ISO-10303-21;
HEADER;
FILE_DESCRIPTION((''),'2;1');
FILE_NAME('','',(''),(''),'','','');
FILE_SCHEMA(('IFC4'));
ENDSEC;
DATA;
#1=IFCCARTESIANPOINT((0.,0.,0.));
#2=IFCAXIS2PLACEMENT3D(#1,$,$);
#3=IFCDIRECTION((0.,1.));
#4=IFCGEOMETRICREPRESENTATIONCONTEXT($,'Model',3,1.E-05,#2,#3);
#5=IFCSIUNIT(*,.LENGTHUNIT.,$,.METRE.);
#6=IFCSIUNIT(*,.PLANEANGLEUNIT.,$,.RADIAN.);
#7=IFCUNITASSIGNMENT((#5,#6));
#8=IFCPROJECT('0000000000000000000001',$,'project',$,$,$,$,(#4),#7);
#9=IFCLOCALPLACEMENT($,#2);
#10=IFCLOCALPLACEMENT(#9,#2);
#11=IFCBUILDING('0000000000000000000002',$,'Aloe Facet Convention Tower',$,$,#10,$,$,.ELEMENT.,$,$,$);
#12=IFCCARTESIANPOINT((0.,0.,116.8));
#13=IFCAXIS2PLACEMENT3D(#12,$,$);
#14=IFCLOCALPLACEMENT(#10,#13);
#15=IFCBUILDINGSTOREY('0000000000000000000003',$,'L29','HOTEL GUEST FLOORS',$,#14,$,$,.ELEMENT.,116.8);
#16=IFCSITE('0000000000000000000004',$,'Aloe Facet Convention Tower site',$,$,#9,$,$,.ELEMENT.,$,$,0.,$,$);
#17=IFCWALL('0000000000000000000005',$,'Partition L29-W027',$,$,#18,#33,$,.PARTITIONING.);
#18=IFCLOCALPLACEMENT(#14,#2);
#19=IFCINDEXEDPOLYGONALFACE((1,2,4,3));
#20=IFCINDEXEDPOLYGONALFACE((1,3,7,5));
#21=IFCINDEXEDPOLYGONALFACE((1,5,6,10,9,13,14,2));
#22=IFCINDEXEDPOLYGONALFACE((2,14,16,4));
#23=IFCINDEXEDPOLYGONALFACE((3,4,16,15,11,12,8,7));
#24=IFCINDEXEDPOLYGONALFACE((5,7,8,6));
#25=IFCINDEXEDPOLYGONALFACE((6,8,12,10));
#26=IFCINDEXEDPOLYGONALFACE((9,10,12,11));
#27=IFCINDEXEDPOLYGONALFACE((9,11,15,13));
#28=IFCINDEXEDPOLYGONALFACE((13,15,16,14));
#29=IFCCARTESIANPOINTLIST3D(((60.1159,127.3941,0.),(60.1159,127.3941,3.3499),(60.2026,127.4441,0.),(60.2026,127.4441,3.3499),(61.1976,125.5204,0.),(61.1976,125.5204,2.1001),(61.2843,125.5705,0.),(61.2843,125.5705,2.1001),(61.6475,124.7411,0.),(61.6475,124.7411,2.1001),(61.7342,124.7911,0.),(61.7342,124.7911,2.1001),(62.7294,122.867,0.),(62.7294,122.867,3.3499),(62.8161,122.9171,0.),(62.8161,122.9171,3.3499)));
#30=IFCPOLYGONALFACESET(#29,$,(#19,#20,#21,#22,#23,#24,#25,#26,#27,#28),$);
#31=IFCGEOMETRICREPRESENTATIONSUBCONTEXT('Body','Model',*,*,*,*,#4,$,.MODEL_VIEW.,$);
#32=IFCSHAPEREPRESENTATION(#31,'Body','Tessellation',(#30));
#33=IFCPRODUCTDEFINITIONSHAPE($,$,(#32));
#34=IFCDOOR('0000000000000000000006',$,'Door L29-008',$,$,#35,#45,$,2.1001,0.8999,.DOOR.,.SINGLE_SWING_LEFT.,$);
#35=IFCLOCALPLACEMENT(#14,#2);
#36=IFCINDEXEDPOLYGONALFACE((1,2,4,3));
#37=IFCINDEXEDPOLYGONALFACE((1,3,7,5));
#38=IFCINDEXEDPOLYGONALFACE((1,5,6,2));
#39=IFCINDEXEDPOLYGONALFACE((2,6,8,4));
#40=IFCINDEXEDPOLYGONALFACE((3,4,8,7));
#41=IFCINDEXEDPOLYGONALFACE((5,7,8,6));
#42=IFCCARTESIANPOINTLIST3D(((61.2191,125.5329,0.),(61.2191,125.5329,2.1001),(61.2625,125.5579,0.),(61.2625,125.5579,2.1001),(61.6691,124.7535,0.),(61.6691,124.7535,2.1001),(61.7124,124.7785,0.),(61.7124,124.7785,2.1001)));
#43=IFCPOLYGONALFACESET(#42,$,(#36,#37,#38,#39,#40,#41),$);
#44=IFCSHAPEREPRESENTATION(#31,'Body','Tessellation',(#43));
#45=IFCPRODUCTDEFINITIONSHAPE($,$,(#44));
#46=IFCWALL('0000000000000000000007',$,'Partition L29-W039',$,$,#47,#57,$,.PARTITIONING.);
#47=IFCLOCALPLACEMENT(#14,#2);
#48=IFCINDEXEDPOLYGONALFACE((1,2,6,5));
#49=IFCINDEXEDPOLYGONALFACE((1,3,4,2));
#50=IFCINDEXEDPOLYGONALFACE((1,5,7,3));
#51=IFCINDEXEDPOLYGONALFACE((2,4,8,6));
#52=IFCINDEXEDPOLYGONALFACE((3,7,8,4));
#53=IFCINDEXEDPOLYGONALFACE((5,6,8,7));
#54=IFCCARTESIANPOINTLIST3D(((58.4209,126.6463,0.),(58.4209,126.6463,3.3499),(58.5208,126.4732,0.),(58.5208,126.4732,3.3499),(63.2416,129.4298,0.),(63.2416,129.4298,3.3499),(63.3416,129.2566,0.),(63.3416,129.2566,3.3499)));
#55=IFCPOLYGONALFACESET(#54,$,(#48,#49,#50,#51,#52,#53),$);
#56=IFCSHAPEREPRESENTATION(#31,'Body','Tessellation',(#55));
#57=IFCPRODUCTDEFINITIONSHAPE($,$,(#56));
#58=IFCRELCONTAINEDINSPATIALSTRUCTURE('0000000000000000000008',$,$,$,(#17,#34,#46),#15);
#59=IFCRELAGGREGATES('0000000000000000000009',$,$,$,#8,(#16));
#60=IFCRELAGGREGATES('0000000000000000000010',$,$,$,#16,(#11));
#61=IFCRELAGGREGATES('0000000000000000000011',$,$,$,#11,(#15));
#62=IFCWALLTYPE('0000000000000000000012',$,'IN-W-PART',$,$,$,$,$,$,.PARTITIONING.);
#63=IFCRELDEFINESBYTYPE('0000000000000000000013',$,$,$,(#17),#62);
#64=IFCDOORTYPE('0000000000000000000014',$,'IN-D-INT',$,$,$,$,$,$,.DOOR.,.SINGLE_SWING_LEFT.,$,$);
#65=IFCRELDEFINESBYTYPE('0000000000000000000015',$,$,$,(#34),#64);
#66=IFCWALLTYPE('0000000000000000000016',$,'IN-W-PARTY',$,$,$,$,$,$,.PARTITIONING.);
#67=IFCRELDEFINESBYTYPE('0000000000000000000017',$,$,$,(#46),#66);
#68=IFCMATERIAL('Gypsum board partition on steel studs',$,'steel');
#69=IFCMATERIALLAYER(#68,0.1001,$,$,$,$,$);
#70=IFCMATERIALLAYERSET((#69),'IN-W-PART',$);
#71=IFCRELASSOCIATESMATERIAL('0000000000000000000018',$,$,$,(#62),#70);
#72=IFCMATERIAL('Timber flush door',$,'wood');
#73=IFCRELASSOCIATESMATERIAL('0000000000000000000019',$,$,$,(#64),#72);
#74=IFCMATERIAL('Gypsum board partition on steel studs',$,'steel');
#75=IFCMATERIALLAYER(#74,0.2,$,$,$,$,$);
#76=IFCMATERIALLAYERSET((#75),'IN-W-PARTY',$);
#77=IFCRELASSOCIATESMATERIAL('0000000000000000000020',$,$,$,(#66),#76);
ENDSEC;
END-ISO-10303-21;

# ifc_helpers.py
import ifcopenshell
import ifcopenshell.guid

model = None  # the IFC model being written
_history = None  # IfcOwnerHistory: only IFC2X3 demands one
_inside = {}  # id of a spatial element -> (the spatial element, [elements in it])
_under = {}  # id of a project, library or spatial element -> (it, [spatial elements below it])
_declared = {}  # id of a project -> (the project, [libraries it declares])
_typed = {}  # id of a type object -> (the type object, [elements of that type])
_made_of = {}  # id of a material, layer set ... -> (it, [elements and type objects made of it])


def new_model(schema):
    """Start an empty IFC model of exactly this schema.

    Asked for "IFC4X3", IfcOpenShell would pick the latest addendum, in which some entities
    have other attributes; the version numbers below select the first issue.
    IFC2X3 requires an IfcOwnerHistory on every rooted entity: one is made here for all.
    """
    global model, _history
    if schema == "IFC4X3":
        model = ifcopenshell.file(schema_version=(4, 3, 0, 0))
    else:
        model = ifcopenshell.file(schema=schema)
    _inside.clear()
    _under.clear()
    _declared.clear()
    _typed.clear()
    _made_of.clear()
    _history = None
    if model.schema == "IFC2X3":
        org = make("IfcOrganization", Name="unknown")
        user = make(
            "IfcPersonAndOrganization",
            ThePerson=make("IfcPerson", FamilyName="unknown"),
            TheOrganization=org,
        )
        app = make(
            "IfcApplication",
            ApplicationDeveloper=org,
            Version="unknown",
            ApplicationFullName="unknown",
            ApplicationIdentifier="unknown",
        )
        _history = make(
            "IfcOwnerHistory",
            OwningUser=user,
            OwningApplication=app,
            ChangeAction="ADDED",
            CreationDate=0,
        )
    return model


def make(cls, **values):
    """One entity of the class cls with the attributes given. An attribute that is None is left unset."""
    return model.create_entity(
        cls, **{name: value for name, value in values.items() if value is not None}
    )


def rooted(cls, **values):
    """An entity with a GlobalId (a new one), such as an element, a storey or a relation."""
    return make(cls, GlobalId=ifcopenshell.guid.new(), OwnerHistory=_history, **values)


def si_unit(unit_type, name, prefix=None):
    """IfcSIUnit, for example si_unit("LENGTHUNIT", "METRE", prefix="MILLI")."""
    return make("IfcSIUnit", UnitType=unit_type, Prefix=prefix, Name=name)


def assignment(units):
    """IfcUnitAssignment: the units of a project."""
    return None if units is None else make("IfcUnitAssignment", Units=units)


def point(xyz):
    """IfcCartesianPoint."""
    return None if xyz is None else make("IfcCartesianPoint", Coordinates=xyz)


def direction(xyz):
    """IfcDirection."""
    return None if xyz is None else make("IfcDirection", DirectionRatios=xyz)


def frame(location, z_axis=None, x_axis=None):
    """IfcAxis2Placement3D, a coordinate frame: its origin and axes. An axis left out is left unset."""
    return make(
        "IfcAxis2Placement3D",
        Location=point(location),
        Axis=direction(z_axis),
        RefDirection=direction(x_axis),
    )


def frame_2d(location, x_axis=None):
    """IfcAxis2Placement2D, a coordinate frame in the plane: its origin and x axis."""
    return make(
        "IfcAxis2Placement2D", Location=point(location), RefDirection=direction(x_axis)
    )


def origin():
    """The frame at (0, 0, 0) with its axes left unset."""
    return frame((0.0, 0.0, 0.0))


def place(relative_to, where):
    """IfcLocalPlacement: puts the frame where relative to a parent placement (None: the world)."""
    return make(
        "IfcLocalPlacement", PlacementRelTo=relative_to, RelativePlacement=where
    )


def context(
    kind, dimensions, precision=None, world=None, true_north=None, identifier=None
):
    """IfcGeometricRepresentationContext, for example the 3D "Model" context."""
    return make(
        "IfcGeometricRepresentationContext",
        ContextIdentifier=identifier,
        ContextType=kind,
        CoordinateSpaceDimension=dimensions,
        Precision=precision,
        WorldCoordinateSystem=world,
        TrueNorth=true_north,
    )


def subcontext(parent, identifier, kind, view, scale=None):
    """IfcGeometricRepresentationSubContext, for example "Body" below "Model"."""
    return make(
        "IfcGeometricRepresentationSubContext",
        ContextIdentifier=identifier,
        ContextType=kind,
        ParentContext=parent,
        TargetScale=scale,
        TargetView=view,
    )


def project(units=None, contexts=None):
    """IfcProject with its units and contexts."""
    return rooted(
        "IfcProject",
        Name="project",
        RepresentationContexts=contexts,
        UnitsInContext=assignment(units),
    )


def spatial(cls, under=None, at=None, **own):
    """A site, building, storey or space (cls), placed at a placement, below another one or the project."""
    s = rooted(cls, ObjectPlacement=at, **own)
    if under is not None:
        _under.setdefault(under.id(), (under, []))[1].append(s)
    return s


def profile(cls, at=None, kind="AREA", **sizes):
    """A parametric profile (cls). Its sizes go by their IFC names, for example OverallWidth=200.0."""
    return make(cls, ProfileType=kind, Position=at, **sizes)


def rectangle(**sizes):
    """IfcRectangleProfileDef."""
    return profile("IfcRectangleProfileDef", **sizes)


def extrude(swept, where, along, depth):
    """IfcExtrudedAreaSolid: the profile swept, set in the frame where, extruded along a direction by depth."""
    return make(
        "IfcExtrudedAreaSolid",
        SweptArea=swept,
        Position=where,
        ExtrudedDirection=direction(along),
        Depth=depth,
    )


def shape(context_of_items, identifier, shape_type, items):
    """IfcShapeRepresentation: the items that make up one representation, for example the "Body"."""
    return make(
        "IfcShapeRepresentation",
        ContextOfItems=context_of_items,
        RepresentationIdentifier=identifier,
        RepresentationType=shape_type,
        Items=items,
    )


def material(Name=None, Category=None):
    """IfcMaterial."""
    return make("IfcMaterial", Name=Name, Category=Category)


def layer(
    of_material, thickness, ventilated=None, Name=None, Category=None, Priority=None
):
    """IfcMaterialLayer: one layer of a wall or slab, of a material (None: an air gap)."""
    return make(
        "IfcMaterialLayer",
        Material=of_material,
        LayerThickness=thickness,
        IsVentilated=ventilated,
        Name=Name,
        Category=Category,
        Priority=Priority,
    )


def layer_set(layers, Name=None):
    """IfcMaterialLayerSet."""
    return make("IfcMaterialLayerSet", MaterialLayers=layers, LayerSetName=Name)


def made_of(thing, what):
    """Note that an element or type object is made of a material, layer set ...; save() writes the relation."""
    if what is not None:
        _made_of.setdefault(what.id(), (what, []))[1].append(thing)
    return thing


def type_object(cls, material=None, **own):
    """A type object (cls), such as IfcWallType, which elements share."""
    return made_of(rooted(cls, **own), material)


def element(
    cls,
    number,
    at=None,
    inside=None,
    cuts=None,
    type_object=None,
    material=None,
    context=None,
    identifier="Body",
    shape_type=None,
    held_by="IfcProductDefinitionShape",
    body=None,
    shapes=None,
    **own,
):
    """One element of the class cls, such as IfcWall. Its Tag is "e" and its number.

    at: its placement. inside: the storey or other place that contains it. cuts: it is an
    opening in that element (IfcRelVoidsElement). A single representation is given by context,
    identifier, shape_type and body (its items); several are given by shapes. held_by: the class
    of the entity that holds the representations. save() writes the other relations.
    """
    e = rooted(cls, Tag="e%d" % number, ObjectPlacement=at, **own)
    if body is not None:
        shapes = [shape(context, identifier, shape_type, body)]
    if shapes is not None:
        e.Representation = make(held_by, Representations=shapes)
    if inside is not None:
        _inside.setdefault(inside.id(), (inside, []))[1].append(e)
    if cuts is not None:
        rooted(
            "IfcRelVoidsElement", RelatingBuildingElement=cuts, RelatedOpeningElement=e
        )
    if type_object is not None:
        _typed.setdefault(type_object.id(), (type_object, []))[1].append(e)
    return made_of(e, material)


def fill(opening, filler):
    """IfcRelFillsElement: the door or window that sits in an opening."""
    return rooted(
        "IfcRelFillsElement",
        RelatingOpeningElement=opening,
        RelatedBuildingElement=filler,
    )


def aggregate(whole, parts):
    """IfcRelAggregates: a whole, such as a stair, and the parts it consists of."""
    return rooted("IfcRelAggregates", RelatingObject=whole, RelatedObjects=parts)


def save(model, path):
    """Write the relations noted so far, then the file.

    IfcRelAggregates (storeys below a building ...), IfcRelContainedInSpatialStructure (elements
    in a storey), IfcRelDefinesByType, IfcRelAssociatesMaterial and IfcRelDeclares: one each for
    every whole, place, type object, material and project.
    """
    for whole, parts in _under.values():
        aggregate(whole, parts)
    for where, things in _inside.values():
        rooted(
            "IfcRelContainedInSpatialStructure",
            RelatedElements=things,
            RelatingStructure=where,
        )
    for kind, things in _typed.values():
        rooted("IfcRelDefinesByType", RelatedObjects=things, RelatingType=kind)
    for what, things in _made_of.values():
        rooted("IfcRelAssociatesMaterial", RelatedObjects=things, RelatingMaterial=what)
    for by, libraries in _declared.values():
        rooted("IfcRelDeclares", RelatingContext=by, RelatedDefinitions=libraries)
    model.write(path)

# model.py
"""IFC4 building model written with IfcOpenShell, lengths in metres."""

from ifc_helpers import new_model, si_unit, direction, frame, frame_2d, origin, place, context, subcontext, project, spatial, rectangle, extrude, material, layer, layer_set, type_object, element, fill, save


model = new_model("IFC4")

# Units and contexts
model_context = context("Model", 3, precision=1e-05, world=origin(), true_north=direction((0.0, 1.0)))
body_context = subcontext(model_context, "Body", "Model", "MODEL_VIEW")
ifc_project = project(units=[si_unit("LENGTHUNIT", "METRE"), si_unit("PLANEANGLEUNIT", "RADIAN")], contexts=[model_context])

# Site, building, storey
site_placement = place(None, origin())
site = spatial("IfcSite", under=ifc_project, at=site_placement, Name="Aloe Facet Convention Tower site", CompositionType="ELEMENT", RefElevation=0.0)
building_placement = place(site_placement, origin())
building = spatial("IfcBuilding", under=site, at=building_placement, Name="Aloe Facet Convention Tower", CompositionType="ELEMENT")
storey_placement = place(building_placement, frame((0.0, 0.0, 116.8)))
storey = spatial("IfcBuildingStorey", under=building, at=storey_placement, Name="L29", Description="HOTEL GUEST FLOORS", CompositionType="ELEMENT", Elevation=116.8)

# Wall, opening, door
ifc_material_1 = material(Name="Gypsum board partition on steel studs", Category="steel")
ifc_layer_1 = layer(ifc_material_1, 0.1001)
ifc_layer_set_1 = layer_set([ifc_layer_1], Name="IN-W-PART")
wall_type_1 = type_object("IfcWallType", Name="IN-W-PART", PredefinedType="PARTITIONING", material=ifc_layer_set_1)
wall_1_placement = place(storey_placement, frame((60.1592, 127.4192, 0.0), z_axis=(0.0, 0.0, 1.0), x_axis=(0.499972, -0.866042, 0.0)))
wall_1 = element("IfcWall", 1, at=wall_1_placement, inside=storey, type_object=wall_type_1, Name="Partition L29-W027", PredefinedType="PARTITIONING", context=body_context, shape_type="SweptSolid", body=[
    extrude(rectangle(XDim=5.2273, YDim=0.1001, at=frame_2d((2.6138, 0.0))), origin(), (0.0, 0.0, 1.0), 3.3499),
])
opening_1_placement = place(wall_1_placement, frame((2.1636, 0.0, 0.0)))
opening_1 = element("IfcOpeningElement", 2, at=opening_1_placement, cuts=wall_1, PredefinedType="OPENING", context=body_context, shape_type="SweptSolid", body=[
    extrude(rectangle(XDim=0.8999, YDim=2.1001, at=frame_2d((0.45, 1.05))), frame((0.0, 0.0601, 0.0), z_axis=(0.0, -1.0, 0.0), x_axis=(1.0, 0.0, 0.0)), (0.0, 0.0, 1.0), 0.1201),
])
ifc_material_2 = material(Name="Timber flush door", Category="wood")
door_type = type_object("IfcDoorType", Name="IN-D-INT", OperationType="SINGLE_SWING_LEFT", PredefinedType="DOOR", material=ifc_material_2)
door_placement = place(opening_1_placement, origin())
door = element("IfcDoor", 3, at=door_placement, inside=storey, type_object=door_type, Name="Door L29-008", OperationType="SINGLE_SWING_LEFT", OverallHeight=2.1001, OverallWidth=0.8999, PredefinedType="DOOR", context=body_context, shape_type="SweptSolid", body=[
    extrude(rectangle(XDim=0.8999, YDim=2.1001, at=frame_2d((0.45, 1.05))), frame((0.0, 0.0249, 0.0), z_axis=(0.0, -1.0, 0.0), x_axis=(1.0, 0.0, 0.0)), (0.0, 0.0, 1.0), 0.05),
])
fill(opening_1, door)

# Wall
ifc_material_3 = material(Name="Gypsum board partition on steel studs", Category="steel")
ifc_layer_2 = layer(ifc_material_3, 0.2)
ifc_layer_set_2 = layer_set([ifc_layer_2], Name="IN-W-PARTY")
wall_type_2 = type_object("IfcWallType", Name="IN-W-PARTY", PredefinedType="PARTITIONING", material=ifc_layer_set_2)
wall_2_placement = place(storey_placement, frame((58.4709, 126.5598, 0.0), z_axis=(0.0, 0.0, 1.0), x_axis=(0.866013, 0.500021, 0.0)))
element("IfcWall", 4, at=wall_2_placement, inside=storey, type_object=wall_type_2, Name="Partition L29-W039", PredefinedType="PARTITIONING", context=body_context, shape_type="SweptSolid", body=[
    extrude(rectangle(XDim=5.5667, YDim=0.2, at=frame_2d((2.7832, 0.0))), origin(), (0.0, 0.0, 1.0), 3.3499),
])

save(model, "model.ifc")
